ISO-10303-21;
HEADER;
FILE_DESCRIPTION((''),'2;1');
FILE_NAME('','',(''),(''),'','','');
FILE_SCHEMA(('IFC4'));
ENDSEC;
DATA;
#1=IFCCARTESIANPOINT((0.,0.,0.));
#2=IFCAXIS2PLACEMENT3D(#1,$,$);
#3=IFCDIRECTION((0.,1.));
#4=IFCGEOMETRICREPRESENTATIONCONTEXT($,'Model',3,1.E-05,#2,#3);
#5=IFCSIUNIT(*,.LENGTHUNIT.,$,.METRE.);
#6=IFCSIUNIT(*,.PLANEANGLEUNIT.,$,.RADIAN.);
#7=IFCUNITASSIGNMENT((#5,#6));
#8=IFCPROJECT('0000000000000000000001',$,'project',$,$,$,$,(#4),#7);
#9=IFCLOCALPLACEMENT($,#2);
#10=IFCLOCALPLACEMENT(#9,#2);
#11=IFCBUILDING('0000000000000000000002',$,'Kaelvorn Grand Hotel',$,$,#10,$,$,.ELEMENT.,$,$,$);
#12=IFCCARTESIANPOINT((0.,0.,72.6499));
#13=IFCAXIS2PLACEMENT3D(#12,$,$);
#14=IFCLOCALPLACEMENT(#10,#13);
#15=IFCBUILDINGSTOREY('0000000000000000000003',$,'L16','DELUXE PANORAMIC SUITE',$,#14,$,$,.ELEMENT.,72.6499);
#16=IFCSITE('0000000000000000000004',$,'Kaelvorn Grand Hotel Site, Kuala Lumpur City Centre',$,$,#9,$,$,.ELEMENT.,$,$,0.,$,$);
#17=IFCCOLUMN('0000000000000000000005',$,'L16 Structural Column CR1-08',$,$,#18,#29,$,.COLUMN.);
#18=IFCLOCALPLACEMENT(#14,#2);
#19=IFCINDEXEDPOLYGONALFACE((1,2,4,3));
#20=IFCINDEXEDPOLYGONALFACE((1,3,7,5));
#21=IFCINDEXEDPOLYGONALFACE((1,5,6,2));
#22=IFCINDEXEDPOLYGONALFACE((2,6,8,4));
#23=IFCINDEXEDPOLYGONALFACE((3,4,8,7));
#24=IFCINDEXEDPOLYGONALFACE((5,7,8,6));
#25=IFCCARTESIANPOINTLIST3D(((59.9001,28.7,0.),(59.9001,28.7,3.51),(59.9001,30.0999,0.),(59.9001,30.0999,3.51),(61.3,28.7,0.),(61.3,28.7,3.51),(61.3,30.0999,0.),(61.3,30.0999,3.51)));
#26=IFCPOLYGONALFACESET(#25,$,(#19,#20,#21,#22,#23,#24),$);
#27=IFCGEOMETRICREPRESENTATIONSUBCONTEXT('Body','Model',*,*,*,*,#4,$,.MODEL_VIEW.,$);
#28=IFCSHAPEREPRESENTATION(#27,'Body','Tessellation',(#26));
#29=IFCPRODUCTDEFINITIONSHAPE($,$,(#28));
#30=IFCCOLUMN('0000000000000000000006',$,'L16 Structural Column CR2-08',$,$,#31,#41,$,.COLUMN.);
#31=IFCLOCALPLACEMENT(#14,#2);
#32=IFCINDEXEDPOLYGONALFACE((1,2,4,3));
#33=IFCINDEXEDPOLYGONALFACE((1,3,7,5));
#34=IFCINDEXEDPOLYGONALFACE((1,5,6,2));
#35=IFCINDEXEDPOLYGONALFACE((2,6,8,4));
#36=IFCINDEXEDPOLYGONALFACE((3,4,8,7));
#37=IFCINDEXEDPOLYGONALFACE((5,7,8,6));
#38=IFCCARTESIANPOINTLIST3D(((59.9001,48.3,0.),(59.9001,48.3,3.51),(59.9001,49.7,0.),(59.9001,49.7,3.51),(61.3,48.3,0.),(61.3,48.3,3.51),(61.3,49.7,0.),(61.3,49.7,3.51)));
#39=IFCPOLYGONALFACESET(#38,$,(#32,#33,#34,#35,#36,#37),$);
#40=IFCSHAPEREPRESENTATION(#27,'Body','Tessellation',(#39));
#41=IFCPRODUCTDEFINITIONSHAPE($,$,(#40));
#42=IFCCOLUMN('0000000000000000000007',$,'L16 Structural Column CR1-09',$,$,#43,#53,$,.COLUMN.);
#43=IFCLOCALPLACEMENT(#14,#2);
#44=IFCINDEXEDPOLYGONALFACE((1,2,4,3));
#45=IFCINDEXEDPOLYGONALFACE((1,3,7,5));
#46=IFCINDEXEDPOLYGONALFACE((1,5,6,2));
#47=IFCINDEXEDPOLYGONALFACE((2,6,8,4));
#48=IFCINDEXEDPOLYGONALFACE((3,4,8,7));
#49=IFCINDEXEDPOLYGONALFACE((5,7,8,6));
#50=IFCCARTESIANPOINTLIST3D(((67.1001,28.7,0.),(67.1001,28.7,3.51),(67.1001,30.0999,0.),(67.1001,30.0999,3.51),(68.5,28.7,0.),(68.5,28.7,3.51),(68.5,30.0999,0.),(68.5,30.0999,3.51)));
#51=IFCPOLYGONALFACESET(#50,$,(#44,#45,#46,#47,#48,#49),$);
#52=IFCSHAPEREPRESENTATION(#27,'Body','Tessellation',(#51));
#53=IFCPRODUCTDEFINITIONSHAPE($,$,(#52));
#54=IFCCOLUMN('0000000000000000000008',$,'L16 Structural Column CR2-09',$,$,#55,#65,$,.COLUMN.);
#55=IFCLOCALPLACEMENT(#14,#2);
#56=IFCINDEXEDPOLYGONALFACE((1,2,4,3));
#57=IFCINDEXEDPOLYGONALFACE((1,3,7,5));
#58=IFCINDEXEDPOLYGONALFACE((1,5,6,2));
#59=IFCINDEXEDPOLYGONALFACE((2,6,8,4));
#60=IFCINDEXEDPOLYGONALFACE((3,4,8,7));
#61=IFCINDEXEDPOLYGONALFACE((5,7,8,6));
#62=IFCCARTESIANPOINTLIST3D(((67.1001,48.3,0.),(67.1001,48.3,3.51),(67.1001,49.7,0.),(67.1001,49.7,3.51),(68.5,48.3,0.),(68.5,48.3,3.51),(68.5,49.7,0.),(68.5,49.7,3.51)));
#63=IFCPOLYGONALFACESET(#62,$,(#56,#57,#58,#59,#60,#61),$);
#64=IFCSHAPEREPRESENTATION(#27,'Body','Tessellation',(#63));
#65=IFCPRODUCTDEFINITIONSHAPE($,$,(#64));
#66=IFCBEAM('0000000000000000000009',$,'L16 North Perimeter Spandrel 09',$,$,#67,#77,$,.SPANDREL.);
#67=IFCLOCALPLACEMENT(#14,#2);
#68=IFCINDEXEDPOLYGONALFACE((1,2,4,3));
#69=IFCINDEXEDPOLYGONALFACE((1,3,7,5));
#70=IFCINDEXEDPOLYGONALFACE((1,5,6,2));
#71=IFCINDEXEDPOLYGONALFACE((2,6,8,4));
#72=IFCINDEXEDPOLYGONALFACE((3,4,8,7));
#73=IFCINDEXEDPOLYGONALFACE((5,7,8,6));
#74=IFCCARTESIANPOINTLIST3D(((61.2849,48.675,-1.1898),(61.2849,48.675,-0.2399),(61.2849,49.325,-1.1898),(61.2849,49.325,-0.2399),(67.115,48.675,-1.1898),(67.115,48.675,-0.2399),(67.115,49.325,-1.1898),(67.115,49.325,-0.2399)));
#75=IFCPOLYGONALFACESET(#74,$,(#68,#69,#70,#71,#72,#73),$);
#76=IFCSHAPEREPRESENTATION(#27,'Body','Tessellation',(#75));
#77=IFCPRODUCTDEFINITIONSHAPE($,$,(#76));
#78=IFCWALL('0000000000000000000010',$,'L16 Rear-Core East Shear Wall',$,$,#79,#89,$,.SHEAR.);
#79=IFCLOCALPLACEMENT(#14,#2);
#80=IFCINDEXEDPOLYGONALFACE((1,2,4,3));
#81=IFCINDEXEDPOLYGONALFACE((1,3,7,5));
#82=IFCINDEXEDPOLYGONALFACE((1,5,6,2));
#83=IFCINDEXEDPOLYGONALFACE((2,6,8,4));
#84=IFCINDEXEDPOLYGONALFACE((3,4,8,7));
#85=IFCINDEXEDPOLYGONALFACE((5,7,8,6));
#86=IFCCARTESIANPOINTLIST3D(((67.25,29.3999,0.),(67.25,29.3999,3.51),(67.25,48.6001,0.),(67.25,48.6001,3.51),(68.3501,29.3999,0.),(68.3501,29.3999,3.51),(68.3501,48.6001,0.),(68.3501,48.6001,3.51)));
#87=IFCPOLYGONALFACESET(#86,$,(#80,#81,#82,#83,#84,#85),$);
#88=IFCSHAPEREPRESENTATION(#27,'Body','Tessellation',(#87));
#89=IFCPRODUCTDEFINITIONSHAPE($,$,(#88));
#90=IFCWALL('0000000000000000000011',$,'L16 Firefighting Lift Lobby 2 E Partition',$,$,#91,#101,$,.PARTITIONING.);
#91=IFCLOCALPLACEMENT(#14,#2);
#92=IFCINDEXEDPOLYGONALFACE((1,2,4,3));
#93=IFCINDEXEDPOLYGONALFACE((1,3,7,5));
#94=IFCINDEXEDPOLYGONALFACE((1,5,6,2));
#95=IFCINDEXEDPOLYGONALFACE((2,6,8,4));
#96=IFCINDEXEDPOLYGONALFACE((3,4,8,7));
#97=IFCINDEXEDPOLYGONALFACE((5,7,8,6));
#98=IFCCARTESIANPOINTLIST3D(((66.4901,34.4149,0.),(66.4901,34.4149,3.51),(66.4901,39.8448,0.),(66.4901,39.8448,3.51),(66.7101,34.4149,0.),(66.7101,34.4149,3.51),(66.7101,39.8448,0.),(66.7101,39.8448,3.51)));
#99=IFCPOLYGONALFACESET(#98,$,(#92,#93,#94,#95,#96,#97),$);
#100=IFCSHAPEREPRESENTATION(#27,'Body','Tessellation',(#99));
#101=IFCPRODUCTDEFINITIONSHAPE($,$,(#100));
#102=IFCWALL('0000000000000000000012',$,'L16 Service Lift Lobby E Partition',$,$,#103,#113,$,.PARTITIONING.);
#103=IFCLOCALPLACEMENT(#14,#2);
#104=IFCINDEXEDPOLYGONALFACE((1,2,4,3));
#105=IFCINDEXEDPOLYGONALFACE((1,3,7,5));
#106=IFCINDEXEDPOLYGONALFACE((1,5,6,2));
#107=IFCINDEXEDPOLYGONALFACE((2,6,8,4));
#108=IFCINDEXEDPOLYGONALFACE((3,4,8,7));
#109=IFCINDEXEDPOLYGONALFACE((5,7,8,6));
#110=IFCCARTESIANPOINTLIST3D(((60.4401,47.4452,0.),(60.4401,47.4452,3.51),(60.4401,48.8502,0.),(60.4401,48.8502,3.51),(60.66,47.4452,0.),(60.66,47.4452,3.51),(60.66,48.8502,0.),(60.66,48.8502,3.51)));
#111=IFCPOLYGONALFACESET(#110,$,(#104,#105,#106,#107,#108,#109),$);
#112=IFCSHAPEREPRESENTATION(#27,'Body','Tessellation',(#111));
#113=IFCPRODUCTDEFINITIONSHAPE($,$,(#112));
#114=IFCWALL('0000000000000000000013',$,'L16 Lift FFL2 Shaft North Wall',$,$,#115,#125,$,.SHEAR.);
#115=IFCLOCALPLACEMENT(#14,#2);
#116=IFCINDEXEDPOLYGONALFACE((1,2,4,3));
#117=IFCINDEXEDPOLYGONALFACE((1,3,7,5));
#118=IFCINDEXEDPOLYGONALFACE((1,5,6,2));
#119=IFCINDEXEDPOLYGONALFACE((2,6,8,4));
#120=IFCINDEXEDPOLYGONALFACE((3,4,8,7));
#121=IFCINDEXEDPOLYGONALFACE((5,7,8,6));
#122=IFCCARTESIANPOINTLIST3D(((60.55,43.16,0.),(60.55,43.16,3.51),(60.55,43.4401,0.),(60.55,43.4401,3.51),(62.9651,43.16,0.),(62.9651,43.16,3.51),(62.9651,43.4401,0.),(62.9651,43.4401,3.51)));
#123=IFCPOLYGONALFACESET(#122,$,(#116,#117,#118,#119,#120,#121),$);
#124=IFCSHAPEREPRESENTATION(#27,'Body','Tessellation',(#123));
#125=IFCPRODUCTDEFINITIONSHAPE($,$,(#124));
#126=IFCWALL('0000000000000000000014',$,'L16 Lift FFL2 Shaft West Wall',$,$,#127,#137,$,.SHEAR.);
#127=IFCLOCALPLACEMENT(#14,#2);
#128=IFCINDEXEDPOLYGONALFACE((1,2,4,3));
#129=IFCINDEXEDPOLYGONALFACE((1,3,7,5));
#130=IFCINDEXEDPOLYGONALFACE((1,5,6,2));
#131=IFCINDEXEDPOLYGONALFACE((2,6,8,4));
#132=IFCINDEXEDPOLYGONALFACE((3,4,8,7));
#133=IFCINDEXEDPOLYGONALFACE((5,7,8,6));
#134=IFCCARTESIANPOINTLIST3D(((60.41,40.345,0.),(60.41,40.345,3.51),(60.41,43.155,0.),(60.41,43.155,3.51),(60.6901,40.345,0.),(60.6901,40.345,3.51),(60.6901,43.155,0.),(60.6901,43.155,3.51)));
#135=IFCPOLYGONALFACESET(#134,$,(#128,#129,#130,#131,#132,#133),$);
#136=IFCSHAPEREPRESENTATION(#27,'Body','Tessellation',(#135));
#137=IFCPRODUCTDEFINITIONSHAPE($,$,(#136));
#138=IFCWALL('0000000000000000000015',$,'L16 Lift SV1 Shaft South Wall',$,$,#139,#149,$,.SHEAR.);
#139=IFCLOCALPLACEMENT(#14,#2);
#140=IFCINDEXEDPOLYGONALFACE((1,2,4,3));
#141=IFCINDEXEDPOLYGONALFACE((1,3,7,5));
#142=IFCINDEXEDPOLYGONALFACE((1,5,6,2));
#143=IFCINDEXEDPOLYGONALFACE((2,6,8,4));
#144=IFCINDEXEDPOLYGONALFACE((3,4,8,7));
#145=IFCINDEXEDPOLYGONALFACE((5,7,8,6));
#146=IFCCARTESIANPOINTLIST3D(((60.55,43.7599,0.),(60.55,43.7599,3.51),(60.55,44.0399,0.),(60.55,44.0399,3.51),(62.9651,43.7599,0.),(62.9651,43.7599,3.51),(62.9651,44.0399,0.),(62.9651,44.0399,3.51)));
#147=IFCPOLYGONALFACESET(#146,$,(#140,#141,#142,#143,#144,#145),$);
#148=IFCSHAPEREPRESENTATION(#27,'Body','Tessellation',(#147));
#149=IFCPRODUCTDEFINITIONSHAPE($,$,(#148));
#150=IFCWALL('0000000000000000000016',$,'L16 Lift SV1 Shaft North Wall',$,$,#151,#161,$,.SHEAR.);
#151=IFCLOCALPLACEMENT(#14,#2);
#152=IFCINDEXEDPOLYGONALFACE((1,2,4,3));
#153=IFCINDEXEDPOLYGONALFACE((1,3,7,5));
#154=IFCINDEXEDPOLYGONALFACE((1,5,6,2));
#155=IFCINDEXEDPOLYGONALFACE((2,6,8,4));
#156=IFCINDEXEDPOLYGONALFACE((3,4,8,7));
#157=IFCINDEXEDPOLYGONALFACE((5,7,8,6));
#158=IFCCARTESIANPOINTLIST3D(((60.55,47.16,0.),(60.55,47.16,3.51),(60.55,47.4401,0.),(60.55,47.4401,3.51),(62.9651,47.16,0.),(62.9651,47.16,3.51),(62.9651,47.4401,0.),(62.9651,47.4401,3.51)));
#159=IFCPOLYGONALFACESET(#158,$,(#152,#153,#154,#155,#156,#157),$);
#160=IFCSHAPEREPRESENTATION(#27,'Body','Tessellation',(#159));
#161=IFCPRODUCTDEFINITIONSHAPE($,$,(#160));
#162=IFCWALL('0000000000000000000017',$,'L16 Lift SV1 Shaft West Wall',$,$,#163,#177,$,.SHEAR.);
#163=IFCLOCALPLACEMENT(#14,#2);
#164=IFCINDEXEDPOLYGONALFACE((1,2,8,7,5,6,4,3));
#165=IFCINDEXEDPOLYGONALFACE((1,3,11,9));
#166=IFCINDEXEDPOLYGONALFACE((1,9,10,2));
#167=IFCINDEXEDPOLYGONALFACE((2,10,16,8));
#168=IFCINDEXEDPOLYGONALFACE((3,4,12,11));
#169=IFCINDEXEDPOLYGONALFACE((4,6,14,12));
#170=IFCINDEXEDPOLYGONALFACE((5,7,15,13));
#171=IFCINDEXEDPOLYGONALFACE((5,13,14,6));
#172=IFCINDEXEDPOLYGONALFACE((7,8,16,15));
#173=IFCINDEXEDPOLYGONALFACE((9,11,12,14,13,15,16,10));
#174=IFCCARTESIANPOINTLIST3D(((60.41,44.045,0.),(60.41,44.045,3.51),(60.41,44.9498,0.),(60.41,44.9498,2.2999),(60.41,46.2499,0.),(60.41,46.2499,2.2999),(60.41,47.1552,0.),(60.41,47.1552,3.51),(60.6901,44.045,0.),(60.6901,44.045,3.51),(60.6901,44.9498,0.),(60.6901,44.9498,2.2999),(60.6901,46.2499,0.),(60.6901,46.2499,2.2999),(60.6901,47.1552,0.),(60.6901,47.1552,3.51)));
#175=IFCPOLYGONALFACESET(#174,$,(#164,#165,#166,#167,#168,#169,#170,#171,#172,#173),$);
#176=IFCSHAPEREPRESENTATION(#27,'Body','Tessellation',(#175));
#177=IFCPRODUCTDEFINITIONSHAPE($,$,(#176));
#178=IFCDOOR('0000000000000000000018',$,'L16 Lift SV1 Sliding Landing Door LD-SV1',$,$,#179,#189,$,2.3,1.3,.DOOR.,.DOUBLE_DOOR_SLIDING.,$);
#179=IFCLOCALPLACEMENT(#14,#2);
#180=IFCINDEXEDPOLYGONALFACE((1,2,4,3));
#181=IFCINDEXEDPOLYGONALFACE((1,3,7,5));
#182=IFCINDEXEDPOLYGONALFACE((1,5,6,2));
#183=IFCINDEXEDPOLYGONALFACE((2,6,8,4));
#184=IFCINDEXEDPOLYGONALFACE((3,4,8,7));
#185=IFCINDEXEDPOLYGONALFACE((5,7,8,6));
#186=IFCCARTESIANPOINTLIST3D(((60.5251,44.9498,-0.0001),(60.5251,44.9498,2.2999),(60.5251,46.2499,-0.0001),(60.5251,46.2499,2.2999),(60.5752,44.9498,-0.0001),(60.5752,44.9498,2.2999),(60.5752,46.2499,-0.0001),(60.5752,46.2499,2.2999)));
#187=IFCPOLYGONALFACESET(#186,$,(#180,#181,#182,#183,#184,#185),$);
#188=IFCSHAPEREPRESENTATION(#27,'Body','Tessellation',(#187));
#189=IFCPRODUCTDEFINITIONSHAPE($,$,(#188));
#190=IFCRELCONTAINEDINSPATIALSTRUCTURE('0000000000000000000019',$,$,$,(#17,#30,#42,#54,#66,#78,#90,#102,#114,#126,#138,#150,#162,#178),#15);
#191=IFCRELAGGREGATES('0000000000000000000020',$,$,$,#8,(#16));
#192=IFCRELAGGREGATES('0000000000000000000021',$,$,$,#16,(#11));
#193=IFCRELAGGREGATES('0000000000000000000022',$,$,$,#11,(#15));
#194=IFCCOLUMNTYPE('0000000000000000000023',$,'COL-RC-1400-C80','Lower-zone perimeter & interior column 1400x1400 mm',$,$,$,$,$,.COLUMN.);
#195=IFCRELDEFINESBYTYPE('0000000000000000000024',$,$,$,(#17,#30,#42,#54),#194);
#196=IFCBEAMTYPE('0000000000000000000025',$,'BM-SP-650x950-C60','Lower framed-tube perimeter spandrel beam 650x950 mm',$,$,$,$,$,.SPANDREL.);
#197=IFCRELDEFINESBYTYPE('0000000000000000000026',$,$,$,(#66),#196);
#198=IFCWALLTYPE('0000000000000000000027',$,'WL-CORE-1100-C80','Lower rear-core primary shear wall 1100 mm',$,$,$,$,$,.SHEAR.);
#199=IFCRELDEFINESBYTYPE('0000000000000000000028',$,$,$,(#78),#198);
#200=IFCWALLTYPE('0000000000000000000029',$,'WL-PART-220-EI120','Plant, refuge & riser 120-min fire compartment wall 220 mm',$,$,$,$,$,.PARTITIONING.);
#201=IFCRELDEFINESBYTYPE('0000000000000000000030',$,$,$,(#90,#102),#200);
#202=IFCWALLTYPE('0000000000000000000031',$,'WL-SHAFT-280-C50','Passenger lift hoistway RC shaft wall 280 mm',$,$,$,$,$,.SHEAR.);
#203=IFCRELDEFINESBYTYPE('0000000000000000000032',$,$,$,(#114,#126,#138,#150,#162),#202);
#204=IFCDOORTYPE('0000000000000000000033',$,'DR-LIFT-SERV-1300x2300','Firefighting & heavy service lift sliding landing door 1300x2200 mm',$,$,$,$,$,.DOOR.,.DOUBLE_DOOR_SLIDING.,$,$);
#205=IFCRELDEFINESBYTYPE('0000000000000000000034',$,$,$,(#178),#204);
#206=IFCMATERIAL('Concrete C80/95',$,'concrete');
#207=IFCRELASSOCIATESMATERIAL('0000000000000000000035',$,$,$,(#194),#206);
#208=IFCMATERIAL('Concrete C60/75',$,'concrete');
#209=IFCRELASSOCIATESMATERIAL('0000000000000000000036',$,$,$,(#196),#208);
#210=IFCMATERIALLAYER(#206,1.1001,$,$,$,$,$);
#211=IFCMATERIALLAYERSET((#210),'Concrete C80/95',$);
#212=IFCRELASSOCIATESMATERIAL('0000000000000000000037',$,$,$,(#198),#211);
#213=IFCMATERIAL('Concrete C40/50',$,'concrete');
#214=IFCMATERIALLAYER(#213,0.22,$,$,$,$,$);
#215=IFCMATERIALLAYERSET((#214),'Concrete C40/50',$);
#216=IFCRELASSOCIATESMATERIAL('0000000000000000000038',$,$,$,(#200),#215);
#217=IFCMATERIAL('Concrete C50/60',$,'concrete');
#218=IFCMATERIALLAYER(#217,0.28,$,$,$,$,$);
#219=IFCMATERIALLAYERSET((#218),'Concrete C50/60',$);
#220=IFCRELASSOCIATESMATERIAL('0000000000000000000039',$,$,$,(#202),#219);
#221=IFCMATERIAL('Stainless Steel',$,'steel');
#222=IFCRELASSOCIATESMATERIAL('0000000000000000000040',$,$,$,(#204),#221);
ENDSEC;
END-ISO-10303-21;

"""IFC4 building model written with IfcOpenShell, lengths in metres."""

from ifc_helpers import new_model, si_unit, direction, frame, frame_2d, origin, origin_2d, place, context, subcontext, project, spatial, rectangle, extrude, material, layer, layer_set, material_profile, profile_set, type_object, element, fill, save


model = new_model("IFC4")

# Units and contexts
model_context = context("Model", 3, precision=1e-05, world=origin(), true_north=direction((0.0, 1.0)))
body_context = subcontext(model_context, "Body", "Model", "MODEL_VIEW")
ifc_project = project(units=[si_unit("LENGTHUNIT", "METRE"), si_unit("PLANEANGLEUNIT", "RADIAN")], contexts=[model_context])

# Site, building, storey
site_placement = place(None, origin())
site = spatial("IfcSite", under=ifc_project, at=site_placement, Name="Kaelvorn Grand Hotel Site, Kuala Lumpur City Centre", CompositionType="ELEMENT", RefElevation=0.0)
building_placement = place(site_placement, origin())
building = spatial("IfcBuilding", under=site, at=building_placement, Name="Kaelvorn Grand Hotel", CompositionType="ELEMENT")
storey_placement = place(building_placement, frame((0.0, 0.0, 72.6499)))
storey = spatial("IfcBuildingStorey", under=building, at=storey_placement, Name="L16", Description="DELUXE PANORAMIC SUITE", CompositionType="ELEMENT", Elevation=72.6499)

# Columns
ifc_material_1 = material(Name="Concrete C80/95", Category="concrete")
ifc_material_profile_1 = material_profile(ifc_material_1, rectangle(XDim=1.3999, YDim=1.3999, at=origin_2d()), Name="RC COL 1400x1400")
ifc_profile_set_1 = profile_set([ifc_material_profile_1], Name="Concrete C80/95")
column_type = type_object("IfcColumnType", Name="COL-RC-1400-C80", Description="Lower-zone perimeter & interior column 1400x1400 mm", PredefinedType="COLUMN", material=ifc_profile_set_1)
for number, where, z_axis, x_axis, name in (
    (1, (60.6001, 29.3999, 0.0), (0.0, 0.0, 1.0), (1.0, 0.0, 0.0), "L16 Structural Column CR1-08"),
    (2, (60.6001, 49.0, 0.0), (0.0, 0.0, 1.0), (1.0, 0.0, 0.0), "L16 Structural Column CR2-08"),
    (3, (67.8, 29.3999, 0.0), (0.0, 0.0, 1.0), (1.0, 0.0, 0.0), "L16 Structural Column CR1-09"),
    (4, (67.8, 49.0, 0.0), (0.0, 0.0, 1.0), (1.0, 0.0, 0.0), "L16 Structural Column CR2-09"),
):
    element("IfcColumn", number, at=place(storey_placement, frame(where, z_axis=z_axis, x_axis=x_axis)), inside=storey, type_object=column_type, Name=name, PredefinedType="COLUMN", context=body_context, shape_type="SweptSolid", body=[
        extrude(rectangle(XDim=1.3999, YDim=1.3999, at=origin_2d()), origin(), (0.0, 0.0, 1.0), 3.51),
    ])

# Beam
ifc_material_2 = material(Name="Concrete C60/75", Category="concrete")
ifc_material_profile_2 = material_profile(ifc_material_2, rectangle(XDim=0.6499, YDim=0.95, at=origin_2d()), Name="RC SPANDREL 650x950")
ifc_profile_set_2 = profile_set([ifc_material_profile_2], Name="Concrete C60/75")
beam_type = type_object("IfcBeamType", Name="BM-SP-650x950-C60", Description="Lower framed-tube perimeter spandrel beam 650x950 mm", PredefinedType="SPANDREL", material=ifc_profile_set_2)
beam_placement = place(storey_placement, frame((61.2849, 49.0, -0.7148), z_axis=(1.0, 0.0, 0.0), x_axis=(0.0, 1.0, 0.0)))
element("IfcBeam", 5, at=beam_placement, inside=storey, type_object=beam_type, Name="L16 North Perimeter Spandrel 09", PredefinedType="SPANDREL", context=body_context, shape_type="SweptSolid", body=[
    extrude(rectangle(XDim=0.6499, YDim=0.95, at=origin_2d()), origin(), (0.0, 0.0, 1.0), 5.8301),
])

# Walls
ifc_layer_1 = layer(ifc_material_1, 1.1001)
ifc_layer_set_1 = layer_set([ifc_layer_1], Name="Concrete C80/95")
wall_type_1 = type_object("IfcWallType", Name="WL-CORE-1100-C80", Description="Lower rear-core primary shear wall 1100 mm", PredefinedType="SHEAR", material=ifc_layer_set_1)
wall_1_placement = place(storey_placement, frame((67.8, 29.3999, 0.0), z_axis=(0.0, 0.0, 1.0), x_axis=(0.0, 1.0, 0.0)))
element("IfcWall", 6, at=wall_1_placement, inside=storey, type_object=wall_type_1, Name="L16 Rear-Core East Shear Wall", PredefinedType="SHEAR", context=body_context, shape_type="SweptSolid", body=[
    extrude(rectangle(XDim=19.2002, YDim=1.1001, at=frame_2d((9.6001, 0.0))), origin(), (0.0, 0.0, 1.0), 3.51),
])
ifc_material_3 = material(Name="Concrete C40/50", Category="concrete")
ifc_layer_2 = layer(ifc_material_3, 0.22)
ifc_layer_set_2 = layer_set([ifc_layer_2], Name="Concrete C40/50")
wall_type_2 = type_object("IfcWallType", Name="WL-PART-220-EI120", Description="Plant, refuge & riser 120-min fire compartment wall 220 mm", PredefinedType="PARTITIONING", material=ifc_layer_set_2)
wall_2_placement = place(storey_placement, frame((66.6001, 34.415, 0.0), z_axis=(0.0, 0.0, 1.0), x_axis=(0.0, 1.0, 0.0)))
element("IfcWall", 7, at=wall_2_placement, inside=storey, type_object=wall_type_2, Name="L16 Firefighting Lift Lobby 2 E Partition", PredefinedType="PARTITIONING", context=body_context, shape_type="SweptSolid", body=[
    extrude(rectangle(XDim=5.4299, YDim=0.22, at=frame_2d((2.7148, 0.0))), origin(), (0.0, 0.0, 1.0), 3.51),
])
wall_3_placement = place(storey_placement, frame((60.55, 47.4451, 0.0), z_axis=(0.0, 0.0, 1.0), x_axis=(0.0, 1.0, 0.0)))
element("IfcWall", 8, at=wall_3_placement, inside=storey, type_object=wall_type_2, Name="L16 Service Lift Lobby E Partition", PredefinedType="PARTITIONING", context=body_context, shape_type="SweptSolid", body=[
    extrude(rectangle(XDim=1.405, YDim=0.22, at=frame_2d((0.7026, 0.0))), origin(), (0.0, 0.0, 1.0), 3.51),
])
ifc_material_4 = material(Name="Concrete C50/60", Category="concrete")
ifc_layer_3 = layer(ifc_material_4, 0.28)
ifc_layer_set_3 = layer_set([ifc_layer_3], Name="Concrete C50/60")
wall_type_3 = type_object("IfcWallType", Name="WL-SHAFT-280-C50", Description="Passenger lift hoistway RC shaft wall 280 mm", PredefinedType="SHEAR", material=ifc_layer_set_3)
wall_4_placement = place(storey_placement, frame((60.55, 43.3, 0.0), z_axis=(0.0, 0.0, 1.0), x_axis=(1.0, 0.0, 0.0)))
element("IfcWall", 9, at=wall_4_placement, inside=storey, type_object=wall_type_3, Name="L16 Lift FFL2 Shaft North Wall", PredefinedType="SHEAR", context=body_context, shape_type="SweptSolid", body=[
    extrude(rectangle(XDim=2.415, YDim=0.28, at=frame_2d((1.2075, 0.0))), origin(), (0.0, 0.0, 1.0), 3.51),
])
wall_5_placement = place(storey_placement, frame((60.55, 40.345, 0.0), z_axis=(0.0, 0.0, 1.0), x_axis=(0.0, 1.0, 0.0)))
element("IfcWall", 10, at=wall_5_placement, inside=storey, type_object=wall_type_3, Name="L16 Lift FFL2 Shaft West Wall", PredefinedType="SHEAR", context=body_context, shape_type="SweptSolid", body=[
    extrude(rectangle(XDim=2.8101, YDim=0.28, at=frame_2d((1.405, 0.0))), origin(), (0.0, 0.0, 1.0), 3.51),
])
for number, where, z_axis, x_axis, name in (
    (11, (60.55, 43.8999, 0.0), (0.0, 0.0, 1.0), (1.0, 0.0, 0.0), "L16 Lift SV1 Shaft South Wall"),
    (12, (60.55, 47.3, 0.0), (0.0, 0.0, 1.0), (1.0, 0.0, 0.0), "L16 Lift SV1 Shaft North Wall"),
):
    element("IfcWall", number, at=place(storey_placement, frame(where, z_axis=z_axis, x_axis=x_axis)), inside=storey, type_object=wall_type_3, Name=name, PredefinedType="SHEAR", context=body_context, shape_type="SweptSolid", body=[
        extrude(rectangle(XDim=2.415, YDim=0.28, at=frame_2d((1.2075, 0.0))), origin(), (0.0, 0.0, 1.0), 3.51),
    ])

# Wall, opening, door
wall_6_placement = place(storey_placement, frame((60.55, 44.0449, 0.0), z_axis=(0.0, 0.0, 1.0), x_axis=(0.0, 1.0, 0.0)))
wall_6 = element("IfcWall", 13, at=wall_6_placement, inside=storey, type_object=wall_type_3, Name="L16 Lift SV1 Shaft West Wall", PredefinedType="SHEAR", context=body_context, shape_type="SweptSolid", body=[
    extrude(rectangle(XDim=3.1101, YDim=0.28, at=frame_2d((1.5552, 0.0))), origin(), (0.0, 0.0, 1.0), 3.51),
])
opening_1_placement = place(wall_6_placement, frame((0.905, 0.0, 0.0)))
opening_1 = element("IfcOpeningElement", 14, at=opening_1_placement, cuts=wall_6, PredefinedType="OPENING", context=body_context, shape_type="SweptSolid", body=[
    extrude(rectangle(XDim=1.3, YDim=2.3, at=frame_2d((0.6499, 1.1499))), frame((0.0, 0.1499, 0.0), z_axis=(0.0, -1.0, 0.0), x_axis=(1.0, 0.0, 0.0)), (0.0, 0.0, 1.0), 0.3),
])
ifc_material_5 = material(Name="Stainless Steel", Category="steel")
door_type_1 = type_object("IfcDoorType", Name="DR-LIFT-SERV-1300x2300", Description="Firefighting & heavy service lift sliding landing door 1300x2200 mm", OperationType="DOUBLE_DOOR_SLIDING", PredefinedType="DOOR", material=ifc_material_5)
door_1_placement = place(opening_1_placement, origin())
door_1 = element("IfcDoor", 15, at=door_1_placement, inside=storey, type_object=door_type_1, Name="L16 Lift SV1 Sliding Landing Door LD-SV1", OperationType="DOUBLE_DOOR_SLIDING", OverallHeight=2.3, OverallWidth=1.3, PredefinedType="DOOR", context=body_context, shape_type="SweptSolid", body=[
    extrude(rectangle(XDim=1.3, YDim=2.3, at=frame_2d((0.6499, 1.1499))), frame((0.0, 0.0249, 0.0), z_axis=(0.0, -1.0, 0.0), x_axis=(1.0, 0.0, 0.0)), (0.0, 0.0, 1.0), 0.05),
])
fill(opening_1, door_1)

save(model, "model.ifc")
